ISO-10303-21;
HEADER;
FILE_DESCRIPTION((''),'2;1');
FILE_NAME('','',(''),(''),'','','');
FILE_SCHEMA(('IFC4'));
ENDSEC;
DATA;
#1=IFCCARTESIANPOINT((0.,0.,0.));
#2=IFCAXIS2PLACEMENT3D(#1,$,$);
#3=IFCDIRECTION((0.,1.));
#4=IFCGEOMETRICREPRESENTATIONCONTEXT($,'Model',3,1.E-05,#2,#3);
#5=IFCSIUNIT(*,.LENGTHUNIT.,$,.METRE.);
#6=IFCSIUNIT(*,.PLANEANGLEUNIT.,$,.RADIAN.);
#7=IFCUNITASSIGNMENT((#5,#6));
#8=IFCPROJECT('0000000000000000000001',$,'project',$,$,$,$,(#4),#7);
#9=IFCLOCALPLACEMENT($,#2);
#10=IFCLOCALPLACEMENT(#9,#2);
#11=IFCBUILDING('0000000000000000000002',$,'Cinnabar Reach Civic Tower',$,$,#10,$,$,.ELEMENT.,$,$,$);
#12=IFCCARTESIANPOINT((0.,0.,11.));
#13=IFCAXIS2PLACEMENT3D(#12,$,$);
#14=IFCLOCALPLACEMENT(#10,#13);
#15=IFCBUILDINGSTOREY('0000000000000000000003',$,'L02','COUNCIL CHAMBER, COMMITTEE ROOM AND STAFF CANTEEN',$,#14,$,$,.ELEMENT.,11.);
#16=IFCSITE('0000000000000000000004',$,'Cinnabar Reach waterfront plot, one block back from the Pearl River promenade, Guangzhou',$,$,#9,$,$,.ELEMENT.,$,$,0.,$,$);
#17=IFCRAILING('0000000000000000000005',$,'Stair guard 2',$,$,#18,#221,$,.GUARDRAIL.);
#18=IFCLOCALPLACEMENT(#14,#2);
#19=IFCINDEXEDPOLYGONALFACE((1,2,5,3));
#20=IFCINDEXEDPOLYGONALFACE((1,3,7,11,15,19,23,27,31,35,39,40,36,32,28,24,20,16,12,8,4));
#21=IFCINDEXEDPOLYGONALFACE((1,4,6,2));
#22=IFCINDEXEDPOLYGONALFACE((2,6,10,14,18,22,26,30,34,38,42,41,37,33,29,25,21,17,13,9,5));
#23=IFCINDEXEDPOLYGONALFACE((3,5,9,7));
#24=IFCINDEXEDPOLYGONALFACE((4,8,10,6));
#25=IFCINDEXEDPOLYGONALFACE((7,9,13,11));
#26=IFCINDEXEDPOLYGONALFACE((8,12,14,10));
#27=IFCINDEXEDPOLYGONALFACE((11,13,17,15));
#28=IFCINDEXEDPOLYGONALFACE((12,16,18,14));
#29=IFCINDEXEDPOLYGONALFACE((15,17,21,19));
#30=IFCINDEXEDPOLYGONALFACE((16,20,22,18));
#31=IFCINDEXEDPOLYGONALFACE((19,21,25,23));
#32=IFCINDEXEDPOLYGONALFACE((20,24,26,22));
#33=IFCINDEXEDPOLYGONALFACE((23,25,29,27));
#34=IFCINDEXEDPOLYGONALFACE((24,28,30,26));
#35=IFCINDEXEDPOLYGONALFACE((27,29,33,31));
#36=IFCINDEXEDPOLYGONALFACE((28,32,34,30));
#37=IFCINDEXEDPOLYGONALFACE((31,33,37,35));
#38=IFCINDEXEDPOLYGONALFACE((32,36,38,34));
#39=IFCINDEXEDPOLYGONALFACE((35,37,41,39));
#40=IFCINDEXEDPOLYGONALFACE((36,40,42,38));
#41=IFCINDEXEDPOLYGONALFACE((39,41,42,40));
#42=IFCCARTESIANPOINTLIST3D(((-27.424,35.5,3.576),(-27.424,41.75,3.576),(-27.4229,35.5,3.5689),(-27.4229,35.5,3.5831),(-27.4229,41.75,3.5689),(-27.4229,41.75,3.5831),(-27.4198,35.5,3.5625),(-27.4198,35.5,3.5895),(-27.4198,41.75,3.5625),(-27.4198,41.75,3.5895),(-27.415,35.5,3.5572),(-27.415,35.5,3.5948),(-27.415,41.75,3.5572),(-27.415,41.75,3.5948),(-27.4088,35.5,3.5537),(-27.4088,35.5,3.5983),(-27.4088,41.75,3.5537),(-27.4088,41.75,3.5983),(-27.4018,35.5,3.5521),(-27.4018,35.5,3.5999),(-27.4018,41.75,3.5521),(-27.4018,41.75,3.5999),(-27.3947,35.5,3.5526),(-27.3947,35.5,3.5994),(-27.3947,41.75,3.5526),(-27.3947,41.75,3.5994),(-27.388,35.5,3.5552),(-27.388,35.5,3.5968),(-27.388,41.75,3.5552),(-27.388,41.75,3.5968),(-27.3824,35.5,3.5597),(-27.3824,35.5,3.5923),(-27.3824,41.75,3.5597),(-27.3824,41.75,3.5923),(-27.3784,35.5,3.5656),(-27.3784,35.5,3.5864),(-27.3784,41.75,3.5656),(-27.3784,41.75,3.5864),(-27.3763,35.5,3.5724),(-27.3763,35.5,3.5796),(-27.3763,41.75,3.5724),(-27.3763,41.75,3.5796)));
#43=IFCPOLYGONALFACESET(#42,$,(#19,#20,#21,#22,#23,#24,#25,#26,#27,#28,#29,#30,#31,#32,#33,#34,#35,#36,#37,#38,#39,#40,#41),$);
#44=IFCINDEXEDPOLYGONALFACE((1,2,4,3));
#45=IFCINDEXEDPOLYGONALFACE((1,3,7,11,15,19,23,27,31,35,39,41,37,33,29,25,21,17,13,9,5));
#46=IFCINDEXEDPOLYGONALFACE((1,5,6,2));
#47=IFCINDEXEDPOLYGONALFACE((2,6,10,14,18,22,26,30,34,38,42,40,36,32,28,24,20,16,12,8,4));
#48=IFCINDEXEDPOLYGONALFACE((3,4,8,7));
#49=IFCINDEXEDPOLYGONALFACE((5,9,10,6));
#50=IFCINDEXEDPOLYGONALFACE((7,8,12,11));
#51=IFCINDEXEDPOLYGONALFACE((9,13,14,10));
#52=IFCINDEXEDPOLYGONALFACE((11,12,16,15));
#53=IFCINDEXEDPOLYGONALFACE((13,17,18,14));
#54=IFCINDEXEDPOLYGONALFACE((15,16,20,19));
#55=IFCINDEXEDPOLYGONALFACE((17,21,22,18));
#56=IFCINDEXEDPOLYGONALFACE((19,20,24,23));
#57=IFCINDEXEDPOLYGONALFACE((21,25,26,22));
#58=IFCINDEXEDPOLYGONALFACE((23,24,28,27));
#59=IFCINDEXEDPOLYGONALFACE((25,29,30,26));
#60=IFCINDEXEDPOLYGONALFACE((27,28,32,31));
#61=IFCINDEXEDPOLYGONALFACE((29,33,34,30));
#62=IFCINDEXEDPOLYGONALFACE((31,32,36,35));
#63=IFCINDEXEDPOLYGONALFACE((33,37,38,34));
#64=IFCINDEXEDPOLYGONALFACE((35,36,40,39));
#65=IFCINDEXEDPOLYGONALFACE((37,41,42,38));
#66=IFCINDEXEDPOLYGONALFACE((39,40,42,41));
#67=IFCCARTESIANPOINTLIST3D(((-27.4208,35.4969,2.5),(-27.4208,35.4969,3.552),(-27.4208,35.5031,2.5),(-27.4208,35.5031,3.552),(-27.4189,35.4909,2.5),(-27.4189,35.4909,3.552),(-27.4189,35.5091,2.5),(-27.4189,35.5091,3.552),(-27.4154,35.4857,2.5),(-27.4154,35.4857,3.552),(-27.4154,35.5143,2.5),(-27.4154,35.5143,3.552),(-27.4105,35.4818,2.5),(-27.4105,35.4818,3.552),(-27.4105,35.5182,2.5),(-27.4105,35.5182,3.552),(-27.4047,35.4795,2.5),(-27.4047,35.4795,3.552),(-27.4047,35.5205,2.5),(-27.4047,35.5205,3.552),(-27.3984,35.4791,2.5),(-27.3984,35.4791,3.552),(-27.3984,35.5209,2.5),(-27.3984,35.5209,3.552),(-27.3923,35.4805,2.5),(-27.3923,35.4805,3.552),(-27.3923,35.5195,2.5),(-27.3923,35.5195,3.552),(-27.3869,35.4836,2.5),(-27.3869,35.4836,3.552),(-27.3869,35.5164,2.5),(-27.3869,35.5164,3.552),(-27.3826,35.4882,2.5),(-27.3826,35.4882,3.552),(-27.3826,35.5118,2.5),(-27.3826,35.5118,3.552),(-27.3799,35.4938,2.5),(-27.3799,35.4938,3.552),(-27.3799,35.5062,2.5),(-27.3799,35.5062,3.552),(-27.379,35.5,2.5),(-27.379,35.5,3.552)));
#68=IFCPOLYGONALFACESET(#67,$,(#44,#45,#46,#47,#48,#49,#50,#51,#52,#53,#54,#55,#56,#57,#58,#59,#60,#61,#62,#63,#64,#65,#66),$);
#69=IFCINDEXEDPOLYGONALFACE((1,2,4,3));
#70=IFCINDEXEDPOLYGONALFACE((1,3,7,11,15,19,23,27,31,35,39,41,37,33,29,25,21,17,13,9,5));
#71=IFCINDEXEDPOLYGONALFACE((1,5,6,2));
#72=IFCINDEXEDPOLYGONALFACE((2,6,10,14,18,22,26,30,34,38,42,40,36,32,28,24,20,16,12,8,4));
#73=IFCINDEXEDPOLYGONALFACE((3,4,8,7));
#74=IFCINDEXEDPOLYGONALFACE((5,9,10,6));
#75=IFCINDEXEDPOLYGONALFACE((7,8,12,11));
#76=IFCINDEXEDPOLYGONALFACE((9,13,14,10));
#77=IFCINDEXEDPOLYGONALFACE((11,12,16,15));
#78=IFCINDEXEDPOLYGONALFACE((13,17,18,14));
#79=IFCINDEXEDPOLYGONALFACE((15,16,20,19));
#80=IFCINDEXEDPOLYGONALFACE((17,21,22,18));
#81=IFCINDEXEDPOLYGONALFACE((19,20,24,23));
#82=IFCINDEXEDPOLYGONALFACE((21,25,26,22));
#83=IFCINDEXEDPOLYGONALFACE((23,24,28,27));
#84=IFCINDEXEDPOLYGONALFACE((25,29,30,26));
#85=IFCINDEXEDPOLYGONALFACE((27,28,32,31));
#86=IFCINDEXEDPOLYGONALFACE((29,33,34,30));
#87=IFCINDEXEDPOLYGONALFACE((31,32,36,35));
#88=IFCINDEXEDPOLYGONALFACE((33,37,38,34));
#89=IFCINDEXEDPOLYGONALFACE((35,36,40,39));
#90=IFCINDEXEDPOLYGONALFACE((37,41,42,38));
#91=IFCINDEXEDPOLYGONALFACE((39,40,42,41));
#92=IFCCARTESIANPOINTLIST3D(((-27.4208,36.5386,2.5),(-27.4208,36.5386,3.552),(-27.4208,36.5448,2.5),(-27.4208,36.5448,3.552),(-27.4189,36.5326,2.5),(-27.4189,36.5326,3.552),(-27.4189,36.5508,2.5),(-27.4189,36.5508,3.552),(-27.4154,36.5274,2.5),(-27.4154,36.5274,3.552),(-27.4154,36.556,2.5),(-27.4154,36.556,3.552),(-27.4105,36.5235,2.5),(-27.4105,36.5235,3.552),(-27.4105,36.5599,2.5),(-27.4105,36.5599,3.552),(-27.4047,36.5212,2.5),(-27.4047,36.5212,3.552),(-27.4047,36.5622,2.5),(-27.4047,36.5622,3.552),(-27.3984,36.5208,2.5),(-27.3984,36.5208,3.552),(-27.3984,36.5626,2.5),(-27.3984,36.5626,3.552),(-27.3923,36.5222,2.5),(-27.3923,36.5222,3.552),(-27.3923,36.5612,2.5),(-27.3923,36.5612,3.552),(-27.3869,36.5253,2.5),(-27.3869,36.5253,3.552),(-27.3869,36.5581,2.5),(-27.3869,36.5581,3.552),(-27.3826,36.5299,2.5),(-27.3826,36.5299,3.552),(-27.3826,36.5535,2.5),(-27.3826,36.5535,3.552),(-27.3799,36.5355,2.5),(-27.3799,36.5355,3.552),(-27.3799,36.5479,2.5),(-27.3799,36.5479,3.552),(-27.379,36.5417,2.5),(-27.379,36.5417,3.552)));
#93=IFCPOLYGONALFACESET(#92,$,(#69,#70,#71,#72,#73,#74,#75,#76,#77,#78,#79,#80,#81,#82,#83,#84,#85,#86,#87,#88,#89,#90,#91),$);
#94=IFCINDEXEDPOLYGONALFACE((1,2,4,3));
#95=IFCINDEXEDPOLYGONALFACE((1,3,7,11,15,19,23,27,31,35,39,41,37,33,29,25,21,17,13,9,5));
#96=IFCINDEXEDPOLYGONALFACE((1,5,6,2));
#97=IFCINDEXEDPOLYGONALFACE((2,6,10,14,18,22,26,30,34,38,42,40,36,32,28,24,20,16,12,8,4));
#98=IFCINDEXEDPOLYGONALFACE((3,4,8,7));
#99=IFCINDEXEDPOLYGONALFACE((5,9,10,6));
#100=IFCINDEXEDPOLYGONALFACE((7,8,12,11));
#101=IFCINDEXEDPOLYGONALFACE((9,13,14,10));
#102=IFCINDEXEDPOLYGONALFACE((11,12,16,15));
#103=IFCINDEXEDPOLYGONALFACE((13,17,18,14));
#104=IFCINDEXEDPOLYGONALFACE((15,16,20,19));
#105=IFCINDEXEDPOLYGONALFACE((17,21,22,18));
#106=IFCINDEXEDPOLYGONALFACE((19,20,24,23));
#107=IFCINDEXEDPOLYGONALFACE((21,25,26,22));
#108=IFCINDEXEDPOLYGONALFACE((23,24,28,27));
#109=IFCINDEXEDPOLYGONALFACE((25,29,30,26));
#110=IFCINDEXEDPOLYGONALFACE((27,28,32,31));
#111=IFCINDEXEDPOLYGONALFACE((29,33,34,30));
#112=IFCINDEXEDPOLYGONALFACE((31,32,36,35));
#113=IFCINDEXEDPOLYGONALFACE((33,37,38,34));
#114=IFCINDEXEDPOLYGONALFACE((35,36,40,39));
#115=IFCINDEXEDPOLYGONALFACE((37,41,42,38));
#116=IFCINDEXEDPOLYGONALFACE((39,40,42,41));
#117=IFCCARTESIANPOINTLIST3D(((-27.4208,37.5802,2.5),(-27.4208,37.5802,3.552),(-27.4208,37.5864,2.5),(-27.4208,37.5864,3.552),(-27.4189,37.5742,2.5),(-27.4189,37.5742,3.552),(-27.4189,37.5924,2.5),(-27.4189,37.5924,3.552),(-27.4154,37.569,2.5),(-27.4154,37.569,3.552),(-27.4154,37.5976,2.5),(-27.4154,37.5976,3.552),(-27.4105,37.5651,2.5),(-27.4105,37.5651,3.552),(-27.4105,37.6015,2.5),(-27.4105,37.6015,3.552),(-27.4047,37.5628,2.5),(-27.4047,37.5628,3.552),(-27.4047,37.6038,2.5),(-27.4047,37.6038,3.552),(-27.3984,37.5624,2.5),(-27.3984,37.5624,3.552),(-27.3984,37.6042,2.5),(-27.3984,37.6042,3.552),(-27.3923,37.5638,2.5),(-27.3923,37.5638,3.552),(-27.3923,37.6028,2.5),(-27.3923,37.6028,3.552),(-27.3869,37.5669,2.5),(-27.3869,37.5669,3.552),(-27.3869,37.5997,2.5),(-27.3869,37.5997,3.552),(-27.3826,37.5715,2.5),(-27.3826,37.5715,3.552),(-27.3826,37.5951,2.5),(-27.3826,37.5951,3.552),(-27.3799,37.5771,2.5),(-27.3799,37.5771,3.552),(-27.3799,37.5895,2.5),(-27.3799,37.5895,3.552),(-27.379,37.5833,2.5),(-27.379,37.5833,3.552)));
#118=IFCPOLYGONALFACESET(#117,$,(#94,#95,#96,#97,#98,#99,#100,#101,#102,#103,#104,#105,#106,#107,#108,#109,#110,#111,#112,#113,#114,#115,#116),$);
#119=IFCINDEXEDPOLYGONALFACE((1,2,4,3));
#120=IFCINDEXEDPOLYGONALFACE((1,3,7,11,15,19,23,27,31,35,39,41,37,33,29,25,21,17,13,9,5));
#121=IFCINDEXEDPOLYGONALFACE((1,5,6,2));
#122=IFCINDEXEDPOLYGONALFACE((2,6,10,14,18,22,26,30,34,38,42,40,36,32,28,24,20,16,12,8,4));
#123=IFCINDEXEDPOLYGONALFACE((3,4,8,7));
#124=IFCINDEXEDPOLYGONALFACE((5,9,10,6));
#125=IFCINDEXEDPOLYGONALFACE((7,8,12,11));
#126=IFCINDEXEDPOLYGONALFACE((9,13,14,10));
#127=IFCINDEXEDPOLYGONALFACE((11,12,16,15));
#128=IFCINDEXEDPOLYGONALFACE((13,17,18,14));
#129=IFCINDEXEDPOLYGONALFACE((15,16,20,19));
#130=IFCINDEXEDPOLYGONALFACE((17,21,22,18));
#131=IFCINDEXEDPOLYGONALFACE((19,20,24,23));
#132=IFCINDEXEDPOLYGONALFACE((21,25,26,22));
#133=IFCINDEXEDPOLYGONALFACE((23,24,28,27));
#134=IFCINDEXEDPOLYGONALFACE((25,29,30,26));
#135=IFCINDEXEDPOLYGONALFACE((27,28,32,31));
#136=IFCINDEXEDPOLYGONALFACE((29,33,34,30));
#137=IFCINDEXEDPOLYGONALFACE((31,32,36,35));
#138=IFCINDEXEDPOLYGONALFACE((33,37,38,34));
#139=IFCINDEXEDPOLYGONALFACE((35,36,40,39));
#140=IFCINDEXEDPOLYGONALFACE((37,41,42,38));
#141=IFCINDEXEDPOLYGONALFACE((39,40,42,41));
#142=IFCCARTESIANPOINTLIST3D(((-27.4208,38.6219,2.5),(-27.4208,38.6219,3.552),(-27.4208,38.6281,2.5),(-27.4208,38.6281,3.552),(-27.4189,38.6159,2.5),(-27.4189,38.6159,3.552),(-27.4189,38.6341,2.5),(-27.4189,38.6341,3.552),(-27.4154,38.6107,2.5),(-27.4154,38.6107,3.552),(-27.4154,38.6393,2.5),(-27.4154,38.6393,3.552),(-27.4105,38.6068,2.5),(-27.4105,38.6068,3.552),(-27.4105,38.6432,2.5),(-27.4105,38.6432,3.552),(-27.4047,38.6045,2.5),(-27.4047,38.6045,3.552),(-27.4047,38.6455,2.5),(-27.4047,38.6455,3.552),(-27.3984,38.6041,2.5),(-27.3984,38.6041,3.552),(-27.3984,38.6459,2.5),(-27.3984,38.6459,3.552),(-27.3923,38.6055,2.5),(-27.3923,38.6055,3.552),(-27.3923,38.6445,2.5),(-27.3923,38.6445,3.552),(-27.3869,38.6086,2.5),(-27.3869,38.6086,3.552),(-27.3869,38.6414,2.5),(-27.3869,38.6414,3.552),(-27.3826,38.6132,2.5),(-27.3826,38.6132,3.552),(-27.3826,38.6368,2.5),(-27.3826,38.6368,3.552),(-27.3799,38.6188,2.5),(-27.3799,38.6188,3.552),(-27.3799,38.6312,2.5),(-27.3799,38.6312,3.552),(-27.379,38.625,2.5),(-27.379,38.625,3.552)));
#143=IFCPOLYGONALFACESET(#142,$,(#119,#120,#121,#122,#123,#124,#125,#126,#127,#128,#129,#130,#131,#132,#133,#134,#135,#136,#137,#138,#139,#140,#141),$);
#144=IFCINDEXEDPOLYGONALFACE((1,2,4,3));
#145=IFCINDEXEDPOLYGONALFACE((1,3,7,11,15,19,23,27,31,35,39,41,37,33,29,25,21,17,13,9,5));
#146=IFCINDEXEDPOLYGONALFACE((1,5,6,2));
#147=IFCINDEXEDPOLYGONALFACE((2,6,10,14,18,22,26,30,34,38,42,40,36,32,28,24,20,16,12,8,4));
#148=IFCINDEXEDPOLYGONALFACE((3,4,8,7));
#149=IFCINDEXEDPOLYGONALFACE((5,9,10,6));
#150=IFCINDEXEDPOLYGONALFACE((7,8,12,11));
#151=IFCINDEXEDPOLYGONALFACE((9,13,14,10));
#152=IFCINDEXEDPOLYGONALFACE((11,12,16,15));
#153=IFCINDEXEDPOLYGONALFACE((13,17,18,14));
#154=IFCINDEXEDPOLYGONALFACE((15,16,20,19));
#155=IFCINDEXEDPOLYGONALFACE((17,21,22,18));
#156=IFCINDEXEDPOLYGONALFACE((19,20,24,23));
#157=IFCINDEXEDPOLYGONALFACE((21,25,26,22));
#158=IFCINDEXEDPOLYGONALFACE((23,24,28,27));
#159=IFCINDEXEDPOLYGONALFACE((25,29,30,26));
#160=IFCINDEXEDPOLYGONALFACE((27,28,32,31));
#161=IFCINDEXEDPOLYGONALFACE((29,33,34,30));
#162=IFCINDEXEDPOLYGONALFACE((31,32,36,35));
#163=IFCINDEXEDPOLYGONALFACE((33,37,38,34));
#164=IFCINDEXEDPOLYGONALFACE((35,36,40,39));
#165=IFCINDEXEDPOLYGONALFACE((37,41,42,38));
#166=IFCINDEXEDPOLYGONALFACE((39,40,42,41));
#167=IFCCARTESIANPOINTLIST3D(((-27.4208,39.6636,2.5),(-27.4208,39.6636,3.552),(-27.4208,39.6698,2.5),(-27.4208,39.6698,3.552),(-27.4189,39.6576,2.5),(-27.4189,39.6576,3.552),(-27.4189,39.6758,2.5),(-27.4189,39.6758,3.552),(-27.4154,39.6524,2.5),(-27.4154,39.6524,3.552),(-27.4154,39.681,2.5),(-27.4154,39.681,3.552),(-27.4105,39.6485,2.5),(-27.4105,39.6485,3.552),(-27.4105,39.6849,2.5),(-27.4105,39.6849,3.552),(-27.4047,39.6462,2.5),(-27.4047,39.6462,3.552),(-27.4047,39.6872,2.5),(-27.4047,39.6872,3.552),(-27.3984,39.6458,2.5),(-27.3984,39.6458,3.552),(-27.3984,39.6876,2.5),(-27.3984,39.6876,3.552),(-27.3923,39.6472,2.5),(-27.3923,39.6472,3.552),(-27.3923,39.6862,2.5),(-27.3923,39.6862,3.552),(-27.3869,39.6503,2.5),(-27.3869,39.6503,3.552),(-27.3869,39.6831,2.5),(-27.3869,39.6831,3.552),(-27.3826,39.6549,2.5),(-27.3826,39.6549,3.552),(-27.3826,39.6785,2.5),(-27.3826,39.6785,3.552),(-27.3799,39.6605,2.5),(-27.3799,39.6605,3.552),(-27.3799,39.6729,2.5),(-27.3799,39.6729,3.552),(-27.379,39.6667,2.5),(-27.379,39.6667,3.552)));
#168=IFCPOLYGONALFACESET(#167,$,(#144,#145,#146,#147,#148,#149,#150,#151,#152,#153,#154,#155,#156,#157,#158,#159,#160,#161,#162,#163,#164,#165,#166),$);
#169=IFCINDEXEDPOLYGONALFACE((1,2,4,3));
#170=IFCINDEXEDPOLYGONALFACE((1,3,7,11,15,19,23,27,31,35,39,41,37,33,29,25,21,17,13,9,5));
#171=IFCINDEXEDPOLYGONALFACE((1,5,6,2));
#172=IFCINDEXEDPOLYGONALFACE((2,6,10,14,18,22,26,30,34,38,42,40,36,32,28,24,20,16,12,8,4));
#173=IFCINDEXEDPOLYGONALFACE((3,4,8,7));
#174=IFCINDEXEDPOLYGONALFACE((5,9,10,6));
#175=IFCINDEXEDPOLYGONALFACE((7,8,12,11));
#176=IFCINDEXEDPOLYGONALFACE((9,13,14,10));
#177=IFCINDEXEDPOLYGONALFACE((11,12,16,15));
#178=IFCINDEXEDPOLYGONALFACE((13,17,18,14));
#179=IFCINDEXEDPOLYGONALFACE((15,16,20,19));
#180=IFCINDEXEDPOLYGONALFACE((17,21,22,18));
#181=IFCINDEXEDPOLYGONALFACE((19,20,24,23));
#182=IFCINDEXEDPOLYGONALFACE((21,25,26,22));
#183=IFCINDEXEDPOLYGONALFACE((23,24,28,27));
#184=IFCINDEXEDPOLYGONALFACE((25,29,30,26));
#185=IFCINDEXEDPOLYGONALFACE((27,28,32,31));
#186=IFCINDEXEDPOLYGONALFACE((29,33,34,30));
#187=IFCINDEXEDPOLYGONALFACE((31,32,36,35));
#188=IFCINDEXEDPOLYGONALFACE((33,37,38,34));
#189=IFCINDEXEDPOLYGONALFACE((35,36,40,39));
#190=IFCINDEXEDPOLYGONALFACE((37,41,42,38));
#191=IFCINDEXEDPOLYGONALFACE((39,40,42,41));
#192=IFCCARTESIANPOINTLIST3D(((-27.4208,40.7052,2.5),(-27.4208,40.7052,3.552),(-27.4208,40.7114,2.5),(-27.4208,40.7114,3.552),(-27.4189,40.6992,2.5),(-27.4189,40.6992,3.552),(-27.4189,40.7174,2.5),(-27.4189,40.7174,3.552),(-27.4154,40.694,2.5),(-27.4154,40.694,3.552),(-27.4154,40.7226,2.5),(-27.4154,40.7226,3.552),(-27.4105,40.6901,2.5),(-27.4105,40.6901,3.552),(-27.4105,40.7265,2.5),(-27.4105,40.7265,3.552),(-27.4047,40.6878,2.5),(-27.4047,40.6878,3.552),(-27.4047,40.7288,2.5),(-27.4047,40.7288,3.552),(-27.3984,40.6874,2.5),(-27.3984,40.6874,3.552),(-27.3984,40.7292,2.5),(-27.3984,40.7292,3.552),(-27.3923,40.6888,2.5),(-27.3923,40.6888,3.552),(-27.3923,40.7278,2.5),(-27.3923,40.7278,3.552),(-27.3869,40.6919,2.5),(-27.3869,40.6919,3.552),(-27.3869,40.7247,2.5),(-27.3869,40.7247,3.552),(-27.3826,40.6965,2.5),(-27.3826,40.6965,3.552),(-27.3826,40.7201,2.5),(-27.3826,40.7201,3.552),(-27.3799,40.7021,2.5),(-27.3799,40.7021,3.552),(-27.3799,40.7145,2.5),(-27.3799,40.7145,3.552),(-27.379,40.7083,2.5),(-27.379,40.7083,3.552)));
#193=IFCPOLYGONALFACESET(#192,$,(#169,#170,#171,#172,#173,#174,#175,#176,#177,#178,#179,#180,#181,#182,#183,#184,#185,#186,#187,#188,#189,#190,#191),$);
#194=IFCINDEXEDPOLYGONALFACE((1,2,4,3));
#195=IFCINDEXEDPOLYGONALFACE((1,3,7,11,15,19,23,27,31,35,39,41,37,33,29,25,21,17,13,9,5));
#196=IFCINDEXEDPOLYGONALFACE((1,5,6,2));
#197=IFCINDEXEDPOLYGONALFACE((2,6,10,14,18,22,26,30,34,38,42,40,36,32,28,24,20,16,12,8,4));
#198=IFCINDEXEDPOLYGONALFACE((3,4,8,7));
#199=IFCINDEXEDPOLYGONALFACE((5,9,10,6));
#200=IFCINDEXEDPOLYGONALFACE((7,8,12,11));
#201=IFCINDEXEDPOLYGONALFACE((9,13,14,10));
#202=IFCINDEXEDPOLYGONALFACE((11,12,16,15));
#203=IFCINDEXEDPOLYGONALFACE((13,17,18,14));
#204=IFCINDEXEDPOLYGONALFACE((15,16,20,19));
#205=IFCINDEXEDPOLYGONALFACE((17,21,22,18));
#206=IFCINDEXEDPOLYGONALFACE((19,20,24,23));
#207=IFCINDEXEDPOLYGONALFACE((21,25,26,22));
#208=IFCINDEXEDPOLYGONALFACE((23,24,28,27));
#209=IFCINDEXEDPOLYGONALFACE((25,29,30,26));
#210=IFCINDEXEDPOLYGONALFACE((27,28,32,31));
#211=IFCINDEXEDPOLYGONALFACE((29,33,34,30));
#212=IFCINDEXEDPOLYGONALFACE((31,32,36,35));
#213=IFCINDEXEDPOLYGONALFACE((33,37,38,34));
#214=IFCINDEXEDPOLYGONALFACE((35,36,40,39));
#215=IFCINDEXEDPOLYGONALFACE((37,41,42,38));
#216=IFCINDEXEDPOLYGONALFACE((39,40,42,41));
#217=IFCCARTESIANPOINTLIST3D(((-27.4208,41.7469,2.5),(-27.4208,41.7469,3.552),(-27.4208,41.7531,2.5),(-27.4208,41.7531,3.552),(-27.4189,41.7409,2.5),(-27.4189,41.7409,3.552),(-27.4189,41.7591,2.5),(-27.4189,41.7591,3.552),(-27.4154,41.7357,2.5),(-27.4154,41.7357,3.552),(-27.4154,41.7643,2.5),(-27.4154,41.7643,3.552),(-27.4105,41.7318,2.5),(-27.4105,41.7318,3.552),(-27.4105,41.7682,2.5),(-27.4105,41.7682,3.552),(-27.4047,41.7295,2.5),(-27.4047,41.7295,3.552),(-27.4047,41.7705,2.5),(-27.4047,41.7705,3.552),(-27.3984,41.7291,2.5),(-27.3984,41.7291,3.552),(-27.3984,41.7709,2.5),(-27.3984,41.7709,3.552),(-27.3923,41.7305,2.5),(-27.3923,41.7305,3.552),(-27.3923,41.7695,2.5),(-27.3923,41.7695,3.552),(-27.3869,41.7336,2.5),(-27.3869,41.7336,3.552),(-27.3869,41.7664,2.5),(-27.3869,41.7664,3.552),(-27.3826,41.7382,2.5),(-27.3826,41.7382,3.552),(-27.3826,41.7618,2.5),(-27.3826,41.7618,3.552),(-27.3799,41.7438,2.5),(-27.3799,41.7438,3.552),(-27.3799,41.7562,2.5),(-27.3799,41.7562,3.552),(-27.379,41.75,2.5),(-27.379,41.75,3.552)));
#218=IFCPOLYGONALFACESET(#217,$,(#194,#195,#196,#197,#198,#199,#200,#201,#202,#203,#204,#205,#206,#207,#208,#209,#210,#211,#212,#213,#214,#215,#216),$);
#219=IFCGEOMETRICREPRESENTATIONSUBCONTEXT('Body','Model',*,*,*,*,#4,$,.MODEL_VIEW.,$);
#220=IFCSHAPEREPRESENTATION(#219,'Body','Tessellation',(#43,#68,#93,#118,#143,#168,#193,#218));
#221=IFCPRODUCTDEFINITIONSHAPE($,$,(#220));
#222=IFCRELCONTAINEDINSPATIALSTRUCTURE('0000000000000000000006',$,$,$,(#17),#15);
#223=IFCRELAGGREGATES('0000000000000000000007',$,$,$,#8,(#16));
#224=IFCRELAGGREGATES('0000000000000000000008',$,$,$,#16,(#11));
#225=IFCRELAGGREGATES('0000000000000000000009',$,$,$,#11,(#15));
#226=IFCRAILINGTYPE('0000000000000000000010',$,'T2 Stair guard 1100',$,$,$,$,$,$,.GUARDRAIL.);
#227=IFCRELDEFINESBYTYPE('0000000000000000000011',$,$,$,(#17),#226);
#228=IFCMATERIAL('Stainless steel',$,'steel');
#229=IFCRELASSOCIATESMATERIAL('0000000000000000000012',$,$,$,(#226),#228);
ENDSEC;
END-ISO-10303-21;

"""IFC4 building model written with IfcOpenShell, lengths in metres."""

from ifc_helpers import new_model, si_unit, direction, frame, origin, origin_2d, place, context, subcontext, project, spatial, circle, extrude, material, type_object, element, save


model = new_model("IFC4")

# Units and contexts
model_context = context("Model", 3, precision=1e-05, world=origin(), true_north=direction((0.0, 1.0)))
body_context = subcontext(model_context, "Body", "Model", "MODEL_VIEW")
ifc_project = project(units=[si_unit("LENGTHUNIT", "METRE"), si_unit("PLANEANGLEUNIT", "RADIAN")], contexts=[model_context])

# Site, building, storey
site_placement = place(None, origin())
site = spatial("IfcSite", under=ifc_project, at=site_placement, Name="Cinnabar Reach waterfront plot, one block back from the Pearl River promenade, Guangzhou", CompositionType="ELEMENT", RefElevation=0.0)
building_placement = place(site_placement, origin())
building = spatial("IfcBuilding", under=site, at=building_placement, Name="Cinnabar Reach Civic Tower", CompositionType="ELEMENT")
storey_placement = place(building_placement, frame((0.0, 0.0, 11.0)))
storey = spatial("IfcBuildingStorey", under=building, at=storey_placement, Name="L02", Description="COUNCIL CHAMBER, COMMITTEE ROOM AND STAFF CANTEEN", CompositionType="ELEMENT", Elevation=11.0)

# Railing
ifc_material_1 = material(Name="Stainless steel", Category="steel")
railing_type = type_object("IfcRailingType", Name="T2 Stair guard 1100", PredefinedType="GUARDRAIL", material=ifc_material_1)
for number, where, name in (
    (1, (-27.4, 35.5, 2.5), "Stair guard 2"),
):
    element("IfcRailing", number, at=place(storey_placement, frame(where)), inside=storey, type_object=railing_type, Name=name, PredefinedType="GUARDRAIL", context=body_context, shape_type="SweptSolid", body=[
        extrude(circle(Radius=0.024, at=origin_2d()), frame((0.0, 0.0, 1.076), z_axis=(0.0, 1.0, 0.0), x_axis=(-1.0, 0.0, 0.0)), (0.0, 0.0, 1.0), 6.25),
        extrude(circle(Radius=0.021, at=origin_2d()), origin(), (0.0, 0.0, 1.0), 1.052),
        extrude(circle(Radius=0.021, at=origin_2d()), frame((0.0, 1.0417, 0.0)), (0.0, 0.0, 1.0), 1.052),
        extrude(circle(Radius=0.021, at=origin_2d()), frame((0.0, 2.0833, 0.0)), (0.0, 0.0, 1.0), 1.052),
        extrude(circle(Radius=0.021, at=origin_2d()), frame((0.0, 3.125, 0.0)), (0.0, 0.0, 1.0), 1.052),
        extrude(circle(Radius=0.021, at=origin_2d()), frame((0.0, 4.1667, 0.0)), (0.0, 0.0, 1.0), 1.052),
        extrude(circle(Radius=0.021, at=origin_2d()), frame((0.0, 5.2083, 0.0)), (0.0, 0.0, 1.0), 1.052),
        extrude(circle(Radius=0.021, at=origin_2d()), frame((0.0, 6.25, 0.0)), (0.0, 0.0, 1.0), 1.052),
    ])

save(model, "model.ifc")
